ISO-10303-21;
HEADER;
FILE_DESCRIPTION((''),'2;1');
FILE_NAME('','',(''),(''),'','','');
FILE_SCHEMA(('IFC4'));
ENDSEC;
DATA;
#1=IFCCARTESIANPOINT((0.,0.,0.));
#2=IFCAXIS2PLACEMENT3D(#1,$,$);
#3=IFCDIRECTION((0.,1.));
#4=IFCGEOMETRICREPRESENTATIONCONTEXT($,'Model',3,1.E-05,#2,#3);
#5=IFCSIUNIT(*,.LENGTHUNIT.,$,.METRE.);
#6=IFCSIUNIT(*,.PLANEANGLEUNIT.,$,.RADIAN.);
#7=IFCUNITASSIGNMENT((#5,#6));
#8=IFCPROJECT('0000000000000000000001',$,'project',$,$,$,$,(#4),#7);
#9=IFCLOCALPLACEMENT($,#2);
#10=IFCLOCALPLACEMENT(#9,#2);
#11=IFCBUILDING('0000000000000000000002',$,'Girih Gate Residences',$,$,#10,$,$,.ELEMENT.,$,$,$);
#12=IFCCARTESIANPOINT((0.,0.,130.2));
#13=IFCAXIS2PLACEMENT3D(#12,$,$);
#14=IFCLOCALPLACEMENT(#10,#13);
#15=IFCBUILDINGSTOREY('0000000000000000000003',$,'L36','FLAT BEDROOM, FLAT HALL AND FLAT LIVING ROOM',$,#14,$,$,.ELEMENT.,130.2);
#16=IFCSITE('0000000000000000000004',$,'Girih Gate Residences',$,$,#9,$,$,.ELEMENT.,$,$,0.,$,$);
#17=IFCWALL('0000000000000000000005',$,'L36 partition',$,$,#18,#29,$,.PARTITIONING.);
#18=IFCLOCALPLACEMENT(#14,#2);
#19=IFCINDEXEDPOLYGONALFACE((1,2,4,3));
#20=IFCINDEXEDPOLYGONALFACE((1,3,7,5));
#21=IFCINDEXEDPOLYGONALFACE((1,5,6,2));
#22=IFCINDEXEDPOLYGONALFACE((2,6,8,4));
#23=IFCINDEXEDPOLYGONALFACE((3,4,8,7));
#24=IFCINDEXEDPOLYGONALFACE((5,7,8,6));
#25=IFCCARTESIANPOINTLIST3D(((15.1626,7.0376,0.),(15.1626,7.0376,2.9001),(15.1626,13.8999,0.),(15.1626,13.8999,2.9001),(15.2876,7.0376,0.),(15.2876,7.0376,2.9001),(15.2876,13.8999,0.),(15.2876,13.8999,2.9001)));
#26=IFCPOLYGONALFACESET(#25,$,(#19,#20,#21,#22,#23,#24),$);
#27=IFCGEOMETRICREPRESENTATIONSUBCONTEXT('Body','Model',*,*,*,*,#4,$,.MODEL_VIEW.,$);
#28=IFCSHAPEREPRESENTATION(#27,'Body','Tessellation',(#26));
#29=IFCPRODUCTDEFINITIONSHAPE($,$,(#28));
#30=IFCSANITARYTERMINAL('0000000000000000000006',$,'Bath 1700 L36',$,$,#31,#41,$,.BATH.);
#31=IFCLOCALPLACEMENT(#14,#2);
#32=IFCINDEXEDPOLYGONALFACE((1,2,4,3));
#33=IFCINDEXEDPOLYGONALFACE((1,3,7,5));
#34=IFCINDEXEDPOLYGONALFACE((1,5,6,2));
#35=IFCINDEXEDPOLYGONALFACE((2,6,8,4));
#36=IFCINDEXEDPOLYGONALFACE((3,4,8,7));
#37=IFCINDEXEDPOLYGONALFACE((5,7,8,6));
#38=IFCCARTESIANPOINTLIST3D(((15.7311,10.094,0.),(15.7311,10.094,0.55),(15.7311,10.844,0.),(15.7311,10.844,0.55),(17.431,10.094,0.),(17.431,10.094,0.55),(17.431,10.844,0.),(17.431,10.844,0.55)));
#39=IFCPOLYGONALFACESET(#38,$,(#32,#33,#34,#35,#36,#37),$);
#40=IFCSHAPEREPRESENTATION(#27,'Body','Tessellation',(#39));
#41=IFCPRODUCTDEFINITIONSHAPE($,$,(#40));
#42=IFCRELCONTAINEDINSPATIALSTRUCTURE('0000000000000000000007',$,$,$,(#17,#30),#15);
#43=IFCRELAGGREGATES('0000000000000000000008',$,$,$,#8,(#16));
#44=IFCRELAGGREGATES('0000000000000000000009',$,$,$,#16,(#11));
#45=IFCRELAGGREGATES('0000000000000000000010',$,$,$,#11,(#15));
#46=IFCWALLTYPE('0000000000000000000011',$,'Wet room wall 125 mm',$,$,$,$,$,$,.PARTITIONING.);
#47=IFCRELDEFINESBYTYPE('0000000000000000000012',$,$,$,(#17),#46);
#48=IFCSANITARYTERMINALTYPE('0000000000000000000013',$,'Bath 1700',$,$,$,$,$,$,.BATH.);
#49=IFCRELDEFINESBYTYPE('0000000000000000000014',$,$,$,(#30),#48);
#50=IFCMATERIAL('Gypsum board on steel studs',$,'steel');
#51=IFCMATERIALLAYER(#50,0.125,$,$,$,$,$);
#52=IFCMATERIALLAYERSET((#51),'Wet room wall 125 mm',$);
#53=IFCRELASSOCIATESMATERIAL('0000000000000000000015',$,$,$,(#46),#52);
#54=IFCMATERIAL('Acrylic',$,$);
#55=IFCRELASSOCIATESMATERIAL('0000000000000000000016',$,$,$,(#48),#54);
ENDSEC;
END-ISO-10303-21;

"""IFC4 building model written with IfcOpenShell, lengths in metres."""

from ifc_helpers import new_model, si_unit, direction, frame, frame_2d, origin, origin_2d, place, context, subcontext, project, spatial, rectangle, extrude, material, layer, layer_set, type_object, element, save


model = new_model("IFC4")

# Units and contexts
model_context = context("Model", 3, precision=1e-05, world=origin(), true_north=direction((0.0, 1.0)))
body_context = subcontext(model_context, "Body", "Model", "MODEL_VIEW")
ifc_project = project(units=[si_unit("LENGTHUNIT", "METRE"), si_unit("PLANEANGLEUNIT", "RADIAN")], contexts=[model_context])

# Site, building, storey
site_placement = place(None, origin())
site = spatial("IfcSite", under=ifc_project, at=site_placement, Name="Girih Gate Residences", CompositionType="ELEMENT", RefElevation=0.0)
building_placement = place(site_placement, origin())
building = spatial("IfcBuilding", under=site, at=building_placement, Name="Girih Gate Residences", CompositionType="ELEMENT")
storey_placement = place(building_placement, frame((0.0, 0.0, 130.2)))
storey = spatial("IfcBuildingStorey", under=building, at=storey_placement, Name="L36", Description="FLAT BEDROOM, FLAT HALL AND FLAT LIVING ROOM", CompositionType="ELEMENT", Elevation=130.2)

# Shared definitions
ifc_material_1 = material(Name="Gypsum board on steel studs", Category="steel")

# Shared definitions
ifc_layer_1 = layer(ifc_material_1, 0.125)
ifc_layer_set_1 = layer_set([ifc_layer_1], Name="Wet room wall 125 mm")
wall_type_1 = type_object("IfcWallType", Name="Wet room wall 125 mm", PredefinedType="PARTITIONING", material=ifc_layer_set_1)

# Wall
wall_1_placement = place(storey_placement, frame((15.2251, 7.0376, 0.0), z_axis=(0.0, 0.0, 1.0), x_axis=(0.0, 1.0, 0.0)))
element("IfcWall", 1, at=wall_1_placement, inside=storey, type_object=wall_type_1, Name="L36 partition", PredefinedType="PARTITIONING", context=body_context, shape_type="SweptSolid", body=[
    extrude(rectangle(XDim=6.8623, YDim=0.125, at=frame_2d((3.4312, 0.0))), origin(), (0.0, 0.0, 1.0), 2.9001),
])

# Sanitary terminal
ifc_material_2 = material(Name="Acrylic")
sanitary_terminal_type = type_object("IfcSanitaryTerminalType", Name="Bath 1700", PredefinedType="BATH", material=ifc_material_2)
sanitary_terminal_placement = place(storey_placement, frame((16.5811, 10.469, 0.0), z_axis=(0.0, 0.0, 1.0), x_axis=(1.0, 0.0, 0.0)))
element("IfcSanitaryTerminal", 2, at=sanitary_terminal_placement, inside=storey, type_object=sanitary_terminal_type, Name="Bath 1700 L36", PredefinedType="BATH", context=body_context, shape_type="SweptSolid", body=[
    extrude(rectangle(XDim=1.7, YDim=0.75, at=origin_2d()), origin(), (0.0, 0.0, 1.0), 0.55),
])

save(model, "model.ifc")
